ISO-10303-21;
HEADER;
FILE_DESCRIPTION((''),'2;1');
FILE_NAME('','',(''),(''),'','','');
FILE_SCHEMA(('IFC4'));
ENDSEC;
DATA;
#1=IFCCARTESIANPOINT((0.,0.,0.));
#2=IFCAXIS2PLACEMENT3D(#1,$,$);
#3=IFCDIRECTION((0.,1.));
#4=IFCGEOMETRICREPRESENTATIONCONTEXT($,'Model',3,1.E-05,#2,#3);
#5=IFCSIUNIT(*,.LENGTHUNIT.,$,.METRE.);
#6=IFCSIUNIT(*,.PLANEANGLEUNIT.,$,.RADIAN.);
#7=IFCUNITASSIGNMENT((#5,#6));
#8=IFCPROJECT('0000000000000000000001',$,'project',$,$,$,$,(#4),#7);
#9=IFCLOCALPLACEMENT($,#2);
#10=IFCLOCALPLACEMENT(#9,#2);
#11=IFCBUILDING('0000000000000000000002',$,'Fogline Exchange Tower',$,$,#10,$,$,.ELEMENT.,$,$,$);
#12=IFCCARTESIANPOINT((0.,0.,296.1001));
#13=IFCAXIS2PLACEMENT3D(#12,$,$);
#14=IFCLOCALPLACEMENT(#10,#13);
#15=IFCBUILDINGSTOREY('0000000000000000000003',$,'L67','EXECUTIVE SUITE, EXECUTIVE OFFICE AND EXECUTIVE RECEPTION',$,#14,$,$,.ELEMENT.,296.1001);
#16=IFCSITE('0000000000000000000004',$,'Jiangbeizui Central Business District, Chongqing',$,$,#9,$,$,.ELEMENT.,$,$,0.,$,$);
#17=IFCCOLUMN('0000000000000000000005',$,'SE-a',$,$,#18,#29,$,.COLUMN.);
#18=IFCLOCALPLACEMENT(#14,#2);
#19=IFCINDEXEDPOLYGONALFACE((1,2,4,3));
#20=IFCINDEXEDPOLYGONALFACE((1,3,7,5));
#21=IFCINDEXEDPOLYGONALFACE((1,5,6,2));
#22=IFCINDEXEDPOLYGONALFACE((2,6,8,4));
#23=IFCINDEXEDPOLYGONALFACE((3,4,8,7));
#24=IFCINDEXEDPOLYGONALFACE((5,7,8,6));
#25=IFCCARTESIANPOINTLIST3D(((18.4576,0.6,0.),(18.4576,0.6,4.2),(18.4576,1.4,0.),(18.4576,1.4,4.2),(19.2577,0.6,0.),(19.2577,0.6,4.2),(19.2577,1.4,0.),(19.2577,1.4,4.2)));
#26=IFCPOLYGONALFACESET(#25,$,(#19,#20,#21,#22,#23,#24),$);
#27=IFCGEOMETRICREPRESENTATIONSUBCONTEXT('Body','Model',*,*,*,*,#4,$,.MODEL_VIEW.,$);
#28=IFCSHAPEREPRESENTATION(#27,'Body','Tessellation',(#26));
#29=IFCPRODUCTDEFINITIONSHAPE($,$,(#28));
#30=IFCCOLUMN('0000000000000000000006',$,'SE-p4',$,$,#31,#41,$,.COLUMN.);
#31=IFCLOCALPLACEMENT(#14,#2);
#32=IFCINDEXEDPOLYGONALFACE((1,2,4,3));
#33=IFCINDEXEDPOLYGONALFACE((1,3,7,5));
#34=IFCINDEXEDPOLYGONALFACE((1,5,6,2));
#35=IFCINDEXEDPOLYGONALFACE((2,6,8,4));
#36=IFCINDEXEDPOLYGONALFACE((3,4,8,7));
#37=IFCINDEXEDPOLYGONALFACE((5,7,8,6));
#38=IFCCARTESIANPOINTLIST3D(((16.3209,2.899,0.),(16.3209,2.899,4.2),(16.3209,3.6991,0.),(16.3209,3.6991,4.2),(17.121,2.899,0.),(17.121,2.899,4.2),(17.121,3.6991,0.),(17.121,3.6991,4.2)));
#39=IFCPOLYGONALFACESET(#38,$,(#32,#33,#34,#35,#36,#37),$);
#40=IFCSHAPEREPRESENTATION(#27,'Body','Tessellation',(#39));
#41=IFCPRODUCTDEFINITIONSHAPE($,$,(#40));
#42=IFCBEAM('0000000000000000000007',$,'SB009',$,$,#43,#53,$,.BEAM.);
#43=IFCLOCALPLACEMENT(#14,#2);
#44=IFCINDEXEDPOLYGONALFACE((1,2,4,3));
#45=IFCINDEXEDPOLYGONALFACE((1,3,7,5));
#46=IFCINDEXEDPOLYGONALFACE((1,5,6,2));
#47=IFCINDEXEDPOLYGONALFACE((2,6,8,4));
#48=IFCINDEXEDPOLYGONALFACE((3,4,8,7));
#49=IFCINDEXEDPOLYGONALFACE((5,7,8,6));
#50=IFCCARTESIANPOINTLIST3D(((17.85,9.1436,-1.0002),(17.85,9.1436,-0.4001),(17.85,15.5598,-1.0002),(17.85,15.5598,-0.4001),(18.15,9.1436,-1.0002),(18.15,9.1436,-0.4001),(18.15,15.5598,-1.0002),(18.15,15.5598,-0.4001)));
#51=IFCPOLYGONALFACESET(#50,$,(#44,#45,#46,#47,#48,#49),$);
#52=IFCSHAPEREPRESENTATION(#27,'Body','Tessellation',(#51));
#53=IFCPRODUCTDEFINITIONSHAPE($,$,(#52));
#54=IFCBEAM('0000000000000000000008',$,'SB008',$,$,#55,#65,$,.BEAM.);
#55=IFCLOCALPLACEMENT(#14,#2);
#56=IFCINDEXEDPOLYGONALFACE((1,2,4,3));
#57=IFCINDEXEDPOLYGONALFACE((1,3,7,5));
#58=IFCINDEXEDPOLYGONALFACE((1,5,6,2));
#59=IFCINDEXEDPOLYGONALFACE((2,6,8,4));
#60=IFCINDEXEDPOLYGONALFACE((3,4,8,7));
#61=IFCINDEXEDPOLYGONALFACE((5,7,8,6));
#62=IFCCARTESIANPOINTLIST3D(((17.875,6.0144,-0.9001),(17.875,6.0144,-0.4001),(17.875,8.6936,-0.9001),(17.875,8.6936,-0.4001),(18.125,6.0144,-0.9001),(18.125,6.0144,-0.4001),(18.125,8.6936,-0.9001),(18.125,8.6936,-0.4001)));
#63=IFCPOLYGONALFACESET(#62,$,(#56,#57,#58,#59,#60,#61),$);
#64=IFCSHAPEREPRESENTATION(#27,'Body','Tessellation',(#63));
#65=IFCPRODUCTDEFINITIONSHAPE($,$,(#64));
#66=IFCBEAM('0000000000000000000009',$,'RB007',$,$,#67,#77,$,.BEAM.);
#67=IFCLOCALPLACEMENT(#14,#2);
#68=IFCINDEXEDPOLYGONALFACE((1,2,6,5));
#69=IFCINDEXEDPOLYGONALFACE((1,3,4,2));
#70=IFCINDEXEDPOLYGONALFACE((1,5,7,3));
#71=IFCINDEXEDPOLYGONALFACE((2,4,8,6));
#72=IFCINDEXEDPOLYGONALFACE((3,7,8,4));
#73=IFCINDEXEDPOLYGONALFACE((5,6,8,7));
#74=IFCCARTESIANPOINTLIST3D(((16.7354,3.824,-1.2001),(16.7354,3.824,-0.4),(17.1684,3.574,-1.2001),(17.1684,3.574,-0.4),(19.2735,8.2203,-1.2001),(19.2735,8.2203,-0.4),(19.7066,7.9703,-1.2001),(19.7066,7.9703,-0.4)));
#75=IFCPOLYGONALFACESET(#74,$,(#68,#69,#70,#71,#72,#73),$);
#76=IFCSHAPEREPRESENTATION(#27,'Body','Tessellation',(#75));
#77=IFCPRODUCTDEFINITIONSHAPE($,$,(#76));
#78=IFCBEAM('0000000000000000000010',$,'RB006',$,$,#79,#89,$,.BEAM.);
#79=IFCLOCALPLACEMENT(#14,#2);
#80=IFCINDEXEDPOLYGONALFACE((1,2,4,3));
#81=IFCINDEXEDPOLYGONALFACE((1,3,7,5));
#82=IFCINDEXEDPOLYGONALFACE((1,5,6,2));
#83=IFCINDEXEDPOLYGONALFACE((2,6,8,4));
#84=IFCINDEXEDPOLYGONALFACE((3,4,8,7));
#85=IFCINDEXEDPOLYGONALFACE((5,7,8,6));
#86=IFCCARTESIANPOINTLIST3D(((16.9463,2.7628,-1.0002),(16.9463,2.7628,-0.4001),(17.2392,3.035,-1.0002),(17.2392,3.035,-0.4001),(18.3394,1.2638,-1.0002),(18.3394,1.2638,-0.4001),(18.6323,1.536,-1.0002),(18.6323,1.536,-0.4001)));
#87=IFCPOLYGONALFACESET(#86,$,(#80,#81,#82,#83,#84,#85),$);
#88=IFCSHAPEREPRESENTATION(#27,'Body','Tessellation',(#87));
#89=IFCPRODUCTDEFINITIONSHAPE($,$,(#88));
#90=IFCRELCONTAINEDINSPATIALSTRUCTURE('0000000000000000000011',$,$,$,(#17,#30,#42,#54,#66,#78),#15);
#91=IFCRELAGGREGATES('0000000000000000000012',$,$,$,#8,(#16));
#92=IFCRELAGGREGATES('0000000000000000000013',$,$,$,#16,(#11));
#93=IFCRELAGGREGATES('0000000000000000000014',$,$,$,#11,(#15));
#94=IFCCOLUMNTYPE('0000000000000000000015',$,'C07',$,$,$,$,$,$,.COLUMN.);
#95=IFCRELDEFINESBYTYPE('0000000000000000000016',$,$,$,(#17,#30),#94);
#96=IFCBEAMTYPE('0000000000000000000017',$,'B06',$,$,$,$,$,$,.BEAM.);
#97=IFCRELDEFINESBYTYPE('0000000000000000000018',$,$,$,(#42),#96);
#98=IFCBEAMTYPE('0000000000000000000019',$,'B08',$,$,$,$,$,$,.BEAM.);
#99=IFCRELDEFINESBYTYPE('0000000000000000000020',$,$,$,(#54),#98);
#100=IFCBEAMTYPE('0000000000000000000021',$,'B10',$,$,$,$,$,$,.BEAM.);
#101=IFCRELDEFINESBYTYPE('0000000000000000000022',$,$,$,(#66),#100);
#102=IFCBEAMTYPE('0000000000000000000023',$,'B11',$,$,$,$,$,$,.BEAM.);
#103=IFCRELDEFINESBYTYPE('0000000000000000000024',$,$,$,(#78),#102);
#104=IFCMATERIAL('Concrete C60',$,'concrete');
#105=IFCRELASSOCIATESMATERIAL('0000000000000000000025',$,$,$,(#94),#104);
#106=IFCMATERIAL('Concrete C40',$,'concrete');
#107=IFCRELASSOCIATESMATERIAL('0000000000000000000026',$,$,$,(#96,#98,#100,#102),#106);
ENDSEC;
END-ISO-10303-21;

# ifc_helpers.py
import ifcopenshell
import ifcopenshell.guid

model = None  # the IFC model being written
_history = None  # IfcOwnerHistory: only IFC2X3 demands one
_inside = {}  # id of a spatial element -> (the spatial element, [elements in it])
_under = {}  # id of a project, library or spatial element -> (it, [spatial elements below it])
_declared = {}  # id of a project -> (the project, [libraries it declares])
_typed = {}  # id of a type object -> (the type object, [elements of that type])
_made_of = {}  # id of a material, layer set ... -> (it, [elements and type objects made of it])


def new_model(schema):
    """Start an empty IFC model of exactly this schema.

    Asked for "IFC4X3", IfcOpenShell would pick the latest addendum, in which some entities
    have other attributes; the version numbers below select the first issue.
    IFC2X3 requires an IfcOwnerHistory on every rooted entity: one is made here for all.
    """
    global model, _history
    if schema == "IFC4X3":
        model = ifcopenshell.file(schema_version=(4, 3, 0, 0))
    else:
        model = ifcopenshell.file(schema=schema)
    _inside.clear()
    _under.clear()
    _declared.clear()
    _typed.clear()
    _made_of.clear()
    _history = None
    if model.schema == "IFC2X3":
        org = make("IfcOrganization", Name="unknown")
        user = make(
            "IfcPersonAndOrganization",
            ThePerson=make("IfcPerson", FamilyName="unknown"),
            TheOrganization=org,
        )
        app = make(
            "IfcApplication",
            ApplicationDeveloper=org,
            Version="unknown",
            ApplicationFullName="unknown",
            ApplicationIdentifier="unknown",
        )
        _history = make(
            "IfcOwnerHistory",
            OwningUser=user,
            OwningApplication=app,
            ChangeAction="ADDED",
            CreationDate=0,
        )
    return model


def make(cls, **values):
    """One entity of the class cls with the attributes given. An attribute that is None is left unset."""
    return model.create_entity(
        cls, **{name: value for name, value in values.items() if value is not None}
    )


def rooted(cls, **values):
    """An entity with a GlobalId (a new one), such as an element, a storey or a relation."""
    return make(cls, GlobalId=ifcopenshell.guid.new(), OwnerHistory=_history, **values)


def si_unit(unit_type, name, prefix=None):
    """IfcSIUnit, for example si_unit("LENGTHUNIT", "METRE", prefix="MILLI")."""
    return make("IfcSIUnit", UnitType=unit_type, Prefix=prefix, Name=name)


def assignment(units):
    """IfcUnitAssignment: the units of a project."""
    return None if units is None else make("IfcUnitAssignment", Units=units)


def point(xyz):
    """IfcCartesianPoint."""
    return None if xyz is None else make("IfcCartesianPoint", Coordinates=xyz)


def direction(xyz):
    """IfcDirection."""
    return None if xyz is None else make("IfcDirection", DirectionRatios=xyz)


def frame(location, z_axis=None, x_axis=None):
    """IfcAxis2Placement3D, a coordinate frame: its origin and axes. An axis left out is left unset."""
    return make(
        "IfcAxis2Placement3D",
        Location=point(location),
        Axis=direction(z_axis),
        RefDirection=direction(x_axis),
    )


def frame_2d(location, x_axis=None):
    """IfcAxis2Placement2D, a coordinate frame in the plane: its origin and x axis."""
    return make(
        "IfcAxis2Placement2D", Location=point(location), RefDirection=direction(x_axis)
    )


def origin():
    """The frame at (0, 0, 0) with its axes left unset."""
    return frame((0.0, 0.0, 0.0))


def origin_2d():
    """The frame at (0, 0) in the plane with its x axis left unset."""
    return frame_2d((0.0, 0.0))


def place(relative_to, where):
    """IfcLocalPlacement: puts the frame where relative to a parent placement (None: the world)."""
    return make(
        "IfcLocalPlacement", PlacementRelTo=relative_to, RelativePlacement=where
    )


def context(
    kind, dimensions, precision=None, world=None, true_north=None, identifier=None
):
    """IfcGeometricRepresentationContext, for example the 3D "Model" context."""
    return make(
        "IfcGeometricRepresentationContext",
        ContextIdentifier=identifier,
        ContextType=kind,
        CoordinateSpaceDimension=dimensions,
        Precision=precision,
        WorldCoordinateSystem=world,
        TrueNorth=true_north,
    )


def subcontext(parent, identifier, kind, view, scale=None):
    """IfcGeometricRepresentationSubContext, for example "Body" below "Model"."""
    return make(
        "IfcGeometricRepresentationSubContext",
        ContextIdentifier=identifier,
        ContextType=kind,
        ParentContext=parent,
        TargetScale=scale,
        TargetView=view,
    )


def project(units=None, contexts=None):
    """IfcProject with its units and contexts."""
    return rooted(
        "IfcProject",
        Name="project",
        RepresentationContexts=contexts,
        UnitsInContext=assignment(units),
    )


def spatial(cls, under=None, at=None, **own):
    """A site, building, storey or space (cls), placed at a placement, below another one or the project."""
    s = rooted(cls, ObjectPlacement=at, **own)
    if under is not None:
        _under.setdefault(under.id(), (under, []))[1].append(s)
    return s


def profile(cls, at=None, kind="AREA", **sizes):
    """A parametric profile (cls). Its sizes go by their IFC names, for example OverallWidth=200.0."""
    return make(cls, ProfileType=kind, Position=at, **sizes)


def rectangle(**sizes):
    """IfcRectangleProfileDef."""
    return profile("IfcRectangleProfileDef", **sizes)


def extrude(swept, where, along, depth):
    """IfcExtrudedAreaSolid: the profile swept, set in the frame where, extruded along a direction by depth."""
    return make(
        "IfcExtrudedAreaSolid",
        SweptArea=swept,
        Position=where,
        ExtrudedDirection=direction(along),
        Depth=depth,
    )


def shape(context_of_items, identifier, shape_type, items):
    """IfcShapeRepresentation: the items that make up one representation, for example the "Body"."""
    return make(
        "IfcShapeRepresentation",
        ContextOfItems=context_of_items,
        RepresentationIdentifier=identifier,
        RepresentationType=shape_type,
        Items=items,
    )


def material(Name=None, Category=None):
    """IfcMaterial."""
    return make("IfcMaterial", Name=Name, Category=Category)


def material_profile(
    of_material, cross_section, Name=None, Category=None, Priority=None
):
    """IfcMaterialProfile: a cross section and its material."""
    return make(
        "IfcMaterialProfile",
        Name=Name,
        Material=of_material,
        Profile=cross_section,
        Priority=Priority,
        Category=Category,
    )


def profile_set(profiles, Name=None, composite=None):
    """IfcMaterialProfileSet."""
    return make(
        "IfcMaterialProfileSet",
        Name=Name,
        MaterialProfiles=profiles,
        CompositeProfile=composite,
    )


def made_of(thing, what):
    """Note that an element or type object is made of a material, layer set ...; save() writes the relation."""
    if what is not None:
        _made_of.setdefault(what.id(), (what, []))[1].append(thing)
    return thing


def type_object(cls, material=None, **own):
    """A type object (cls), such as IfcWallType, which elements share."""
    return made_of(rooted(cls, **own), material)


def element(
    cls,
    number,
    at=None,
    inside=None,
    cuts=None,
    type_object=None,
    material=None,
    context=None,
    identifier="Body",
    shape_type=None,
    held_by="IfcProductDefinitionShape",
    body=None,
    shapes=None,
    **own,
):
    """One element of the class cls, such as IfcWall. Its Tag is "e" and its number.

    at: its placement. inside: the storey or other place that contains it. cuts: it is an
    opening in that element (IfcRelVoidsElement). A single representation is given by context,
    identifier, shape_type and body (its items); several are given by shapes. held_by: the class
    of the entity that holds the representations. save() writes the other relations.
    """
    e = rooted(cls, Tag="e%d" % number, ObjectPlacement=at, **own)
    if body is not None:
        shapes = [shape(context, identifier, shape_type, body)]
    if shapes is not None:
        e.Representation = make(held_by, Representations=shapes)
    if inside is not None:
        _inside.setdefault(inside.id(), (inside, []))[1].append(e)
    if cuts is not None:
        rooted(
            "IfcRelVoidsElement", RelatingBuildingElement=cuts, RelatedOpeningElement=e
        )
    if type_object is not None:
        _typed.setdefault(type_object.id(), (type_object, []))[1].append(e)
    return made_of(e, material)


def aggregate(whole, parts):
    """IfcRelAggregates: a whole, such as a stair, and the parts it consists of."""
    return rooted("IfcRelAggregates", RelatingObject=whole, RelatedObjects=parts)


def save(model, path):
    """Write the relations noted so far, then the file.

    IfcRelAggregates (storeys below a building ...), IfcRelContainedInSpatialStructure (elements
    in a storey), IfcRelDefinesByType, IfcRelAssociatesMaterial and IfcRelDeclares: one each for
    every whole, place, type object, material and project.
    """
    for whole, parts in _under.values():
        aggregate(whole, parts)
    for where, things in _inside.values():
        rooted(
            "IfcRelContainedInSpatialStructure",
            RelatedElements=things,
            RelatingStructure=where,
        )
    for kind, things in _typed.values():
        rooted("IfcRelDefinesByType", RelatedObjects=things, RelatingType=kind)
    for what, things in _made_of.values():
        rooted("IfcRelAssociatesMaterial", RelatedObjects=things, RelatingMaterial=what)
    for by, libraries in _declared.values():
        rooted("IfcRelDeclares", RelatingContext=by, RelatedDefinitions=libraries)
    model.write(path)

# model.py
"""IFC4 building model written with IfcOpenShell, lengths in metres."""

from ifc_helpers import new_model, si_unit, direction, frame, origin, origin_2d, place, context, subcontext, project, spatial, rectangle, extrude, material, material_profile, profile_set, type_object, element, save


model = new_model("IFC4")

# Units and contexts
model_context = context("Model", 3, precision=1e-05, world=origin(), true_north=direction((0.0, 1.0)))
body_context = subcontext(model_context, "Body", "Model", "MODEL_VIEW")
ifc_project = project(units=[si_unit("LENGTHUNIT", "METRE"), si_unit("PLANEANGLEUNIT", "RADIAN")], contexts=[model_context])

# Site, building, storey
site_placement = place(None, origin())
site = spatial("IfcSite", under=ifc_project, at=site_placement, Name="Jiangbeizui Central Business District, Chongqing", CompositionType="ELEMENT", RefElevation=0.0)
building_placement = place(site_placement, origin())
building = spatial("IfcBuilding", under=site, at=building_placement, Name="Fogline Exchange Tower", CompositionType="ELEMENT")
storey_placement = place(building_placement, frame((0.0, 0.0, 296.1001)))
storey = spatial("IfcBuildingStorey", under=building, at=storey_placement, Name="L67", Description="EXECUTIVE SUITE, EXECUTIVE OFFICE AND EXECUTIVE RECEPTION", CompositionType="ELEMENT", Elevation=296.1001)

# Columns
ifc_material_1 = material(Name="Concrete C60", Category="concrete")
ifc_material_profile_1 = material_profile(ifc_material_1, rectangle(XDim=0.8, YDim=0.8, at=origin_2d()), Name="RC 800x800")
ifc_profile_set_1 = profile_set([ifc_material_profile_1], Name="Concrete C60")
column_type = type_object("IfcColumnType", Name="C07", PredefinedType="COLUMN", material=ifc_profile_set_1)
for number, where, z_axis, x_axis, name in (
    (1, (18.8577, 1.0, 0.0), (0.0, 0.0, 1.0), (1.0, 0.0, 0.0), "SE-a"),
    (2, (16.7209, 3.2991, 0.0), (0.0, 0.0, 1.0), (1.0, 0.0, 0.0), "SE-p4"),
):
    element("IfcColumn", number, at=place(storey_placement, frame(where, z_axis=z_axis, x_axis=x_axis)), inside=storey, type_object=column_type, Name=name, PredefinedType="COLUMN", context=body_context, shape_type="SweptSolid", body=[
        extrude(rectangle(XDim=0.8, YDim=0.8, at=origin_2d()), origin(), (0.0, 0.0, 1.0), 4.2),
    ])

# Beams
ifc_material_2 = material(Name="Concrete C40", Category="concrete")
ifc_material_profile_2 = material_profile(ifc_material_2, rectangle(XDim=0.3, YDim=0.6001, at=origin_2d()), Name="RC 300x600")
ifc_profile_set_2 = profile_set([ifc_material_profile_2], Name="Concrete C40")
beam_type_1 = type_object("IfcBeamType", Name="B06", PredefinedType="BEAM", material=ifc_profile_set_2)
beam_1_placement = place(storey_placement, frame((18.0, 9.1436, -0.7002), z_axis=(0.0, 1.0, 0.0), x_axis=(-1.0, 0.0, 0.0)))
element("IfcBeam", 3, at=beam_1_placement, inside=storey, type_object=beam_type_1, Name="SB009", PredefinedType="BEAM", context=body_context, shape_type="SweptSolid", body=[
    extrude(rectangle(XDim=0.3, YDim=0.6001, at=origin_2d()), origin(), (0.0, 0.0, 1.0), 6.4163),
])
ifc_material_profile_3 = material_profile(ifc_material_2, rectangle(XDim=0.25, YDim=0.5, at=origin_2d()), Name="RC 250x500")
ifc_profile_set_3 = profile_set([ifc_material_profile_3], Name="Concrete C40")
beam_type_2 = type_object("IfcBeamType", Name="B08", PredefinedType="BEAM", material=ifc_profile_set_3)
beam_2_placement = place(storey_placement, frame((18.0, 6.0144, -0.6501), z_axis=(0.0, 1.0, 0.0), x_axis=(-1.0, 0.0, 0.0)))
element("IfcBeam", 4, at=beam_2_placement, inside=storey, type_object=beam_type_2, Name="SB008", PredefinedType="BEAM", context=body_context, shape_type="SweptSolid", body=[
    extrude(rectangle(XDim=0.25, YDim=0.5, at=origin_2d()), origin(), (0.0, 0.0, 1.0), 2.6792),
])
ifc_material_profile_4 = material_profile(ifc_material_2, rectangle(XDim=0.5, YDim=0.8, at=origin_2d()), Name="RC 500x800")
ifc_profile_set_4 = profile_set([ifc_material_profile_4], Name="Concrete C40")
beam_type_3 = type_object("IfcBeamType", Name="B10", PredefinedType="BEAM", material=ifc_profile_set_4)
beam_3_placement = place(storey_placement, frame((16.9519, 3.699, -0.8), z_axis=(0.499988, 0.866033, 0.0), x_axis=(-0.866033, 0.499988, 0.0)))
element("IfcBeam", 5, at=beam_3_placement, inside=storey, type_object=beam_type_3, Name="RB007", PredefinedType="BEAM", context=body_context, shape_type="SweptSolid", body=[
    extrude(rectangle(XDim=0.5, YDim=0.8, at=origin_2d()), origin(), (0.0, 0.0, 1.0), 5.0764),
])
ifc_material_profile_5 = material_profile(ifc_material_2, rectangle(XDim=0.3999, YDim=0.6001, at=origin_2d()), Name="RC 400x600")
ifc_profile_set_5 = profile_set([ifc_material_profile_5], Name="Concrete C40")
beam_type_4 = type_object("IfcBeamType", Name="B11", PredefinedType="BEAM", material=ifc_profile_set_5)
beam_4_placement = place(storey_placement, frame((18.4858, 1.3999, -0.7002), z_axis=(-0.680744, 0.732521, 0.0), x_axis=(-0.732521, -0.680744, 0.0)))
element("IfcBeam", 6, at=beam_4_placement, inside=storey, type_object=beam_type_4, Name="RB006", PredefinedType="BEAM", context=body_context, shape_type="SweptSolid", body=[
    extrude(rectangle(XDim=0.3999, YDim=0.6001, at=origin_2d()), origin(), (0.0, 0.0, 1.0), 2.0464),
])

save(model, "model.ifc")
